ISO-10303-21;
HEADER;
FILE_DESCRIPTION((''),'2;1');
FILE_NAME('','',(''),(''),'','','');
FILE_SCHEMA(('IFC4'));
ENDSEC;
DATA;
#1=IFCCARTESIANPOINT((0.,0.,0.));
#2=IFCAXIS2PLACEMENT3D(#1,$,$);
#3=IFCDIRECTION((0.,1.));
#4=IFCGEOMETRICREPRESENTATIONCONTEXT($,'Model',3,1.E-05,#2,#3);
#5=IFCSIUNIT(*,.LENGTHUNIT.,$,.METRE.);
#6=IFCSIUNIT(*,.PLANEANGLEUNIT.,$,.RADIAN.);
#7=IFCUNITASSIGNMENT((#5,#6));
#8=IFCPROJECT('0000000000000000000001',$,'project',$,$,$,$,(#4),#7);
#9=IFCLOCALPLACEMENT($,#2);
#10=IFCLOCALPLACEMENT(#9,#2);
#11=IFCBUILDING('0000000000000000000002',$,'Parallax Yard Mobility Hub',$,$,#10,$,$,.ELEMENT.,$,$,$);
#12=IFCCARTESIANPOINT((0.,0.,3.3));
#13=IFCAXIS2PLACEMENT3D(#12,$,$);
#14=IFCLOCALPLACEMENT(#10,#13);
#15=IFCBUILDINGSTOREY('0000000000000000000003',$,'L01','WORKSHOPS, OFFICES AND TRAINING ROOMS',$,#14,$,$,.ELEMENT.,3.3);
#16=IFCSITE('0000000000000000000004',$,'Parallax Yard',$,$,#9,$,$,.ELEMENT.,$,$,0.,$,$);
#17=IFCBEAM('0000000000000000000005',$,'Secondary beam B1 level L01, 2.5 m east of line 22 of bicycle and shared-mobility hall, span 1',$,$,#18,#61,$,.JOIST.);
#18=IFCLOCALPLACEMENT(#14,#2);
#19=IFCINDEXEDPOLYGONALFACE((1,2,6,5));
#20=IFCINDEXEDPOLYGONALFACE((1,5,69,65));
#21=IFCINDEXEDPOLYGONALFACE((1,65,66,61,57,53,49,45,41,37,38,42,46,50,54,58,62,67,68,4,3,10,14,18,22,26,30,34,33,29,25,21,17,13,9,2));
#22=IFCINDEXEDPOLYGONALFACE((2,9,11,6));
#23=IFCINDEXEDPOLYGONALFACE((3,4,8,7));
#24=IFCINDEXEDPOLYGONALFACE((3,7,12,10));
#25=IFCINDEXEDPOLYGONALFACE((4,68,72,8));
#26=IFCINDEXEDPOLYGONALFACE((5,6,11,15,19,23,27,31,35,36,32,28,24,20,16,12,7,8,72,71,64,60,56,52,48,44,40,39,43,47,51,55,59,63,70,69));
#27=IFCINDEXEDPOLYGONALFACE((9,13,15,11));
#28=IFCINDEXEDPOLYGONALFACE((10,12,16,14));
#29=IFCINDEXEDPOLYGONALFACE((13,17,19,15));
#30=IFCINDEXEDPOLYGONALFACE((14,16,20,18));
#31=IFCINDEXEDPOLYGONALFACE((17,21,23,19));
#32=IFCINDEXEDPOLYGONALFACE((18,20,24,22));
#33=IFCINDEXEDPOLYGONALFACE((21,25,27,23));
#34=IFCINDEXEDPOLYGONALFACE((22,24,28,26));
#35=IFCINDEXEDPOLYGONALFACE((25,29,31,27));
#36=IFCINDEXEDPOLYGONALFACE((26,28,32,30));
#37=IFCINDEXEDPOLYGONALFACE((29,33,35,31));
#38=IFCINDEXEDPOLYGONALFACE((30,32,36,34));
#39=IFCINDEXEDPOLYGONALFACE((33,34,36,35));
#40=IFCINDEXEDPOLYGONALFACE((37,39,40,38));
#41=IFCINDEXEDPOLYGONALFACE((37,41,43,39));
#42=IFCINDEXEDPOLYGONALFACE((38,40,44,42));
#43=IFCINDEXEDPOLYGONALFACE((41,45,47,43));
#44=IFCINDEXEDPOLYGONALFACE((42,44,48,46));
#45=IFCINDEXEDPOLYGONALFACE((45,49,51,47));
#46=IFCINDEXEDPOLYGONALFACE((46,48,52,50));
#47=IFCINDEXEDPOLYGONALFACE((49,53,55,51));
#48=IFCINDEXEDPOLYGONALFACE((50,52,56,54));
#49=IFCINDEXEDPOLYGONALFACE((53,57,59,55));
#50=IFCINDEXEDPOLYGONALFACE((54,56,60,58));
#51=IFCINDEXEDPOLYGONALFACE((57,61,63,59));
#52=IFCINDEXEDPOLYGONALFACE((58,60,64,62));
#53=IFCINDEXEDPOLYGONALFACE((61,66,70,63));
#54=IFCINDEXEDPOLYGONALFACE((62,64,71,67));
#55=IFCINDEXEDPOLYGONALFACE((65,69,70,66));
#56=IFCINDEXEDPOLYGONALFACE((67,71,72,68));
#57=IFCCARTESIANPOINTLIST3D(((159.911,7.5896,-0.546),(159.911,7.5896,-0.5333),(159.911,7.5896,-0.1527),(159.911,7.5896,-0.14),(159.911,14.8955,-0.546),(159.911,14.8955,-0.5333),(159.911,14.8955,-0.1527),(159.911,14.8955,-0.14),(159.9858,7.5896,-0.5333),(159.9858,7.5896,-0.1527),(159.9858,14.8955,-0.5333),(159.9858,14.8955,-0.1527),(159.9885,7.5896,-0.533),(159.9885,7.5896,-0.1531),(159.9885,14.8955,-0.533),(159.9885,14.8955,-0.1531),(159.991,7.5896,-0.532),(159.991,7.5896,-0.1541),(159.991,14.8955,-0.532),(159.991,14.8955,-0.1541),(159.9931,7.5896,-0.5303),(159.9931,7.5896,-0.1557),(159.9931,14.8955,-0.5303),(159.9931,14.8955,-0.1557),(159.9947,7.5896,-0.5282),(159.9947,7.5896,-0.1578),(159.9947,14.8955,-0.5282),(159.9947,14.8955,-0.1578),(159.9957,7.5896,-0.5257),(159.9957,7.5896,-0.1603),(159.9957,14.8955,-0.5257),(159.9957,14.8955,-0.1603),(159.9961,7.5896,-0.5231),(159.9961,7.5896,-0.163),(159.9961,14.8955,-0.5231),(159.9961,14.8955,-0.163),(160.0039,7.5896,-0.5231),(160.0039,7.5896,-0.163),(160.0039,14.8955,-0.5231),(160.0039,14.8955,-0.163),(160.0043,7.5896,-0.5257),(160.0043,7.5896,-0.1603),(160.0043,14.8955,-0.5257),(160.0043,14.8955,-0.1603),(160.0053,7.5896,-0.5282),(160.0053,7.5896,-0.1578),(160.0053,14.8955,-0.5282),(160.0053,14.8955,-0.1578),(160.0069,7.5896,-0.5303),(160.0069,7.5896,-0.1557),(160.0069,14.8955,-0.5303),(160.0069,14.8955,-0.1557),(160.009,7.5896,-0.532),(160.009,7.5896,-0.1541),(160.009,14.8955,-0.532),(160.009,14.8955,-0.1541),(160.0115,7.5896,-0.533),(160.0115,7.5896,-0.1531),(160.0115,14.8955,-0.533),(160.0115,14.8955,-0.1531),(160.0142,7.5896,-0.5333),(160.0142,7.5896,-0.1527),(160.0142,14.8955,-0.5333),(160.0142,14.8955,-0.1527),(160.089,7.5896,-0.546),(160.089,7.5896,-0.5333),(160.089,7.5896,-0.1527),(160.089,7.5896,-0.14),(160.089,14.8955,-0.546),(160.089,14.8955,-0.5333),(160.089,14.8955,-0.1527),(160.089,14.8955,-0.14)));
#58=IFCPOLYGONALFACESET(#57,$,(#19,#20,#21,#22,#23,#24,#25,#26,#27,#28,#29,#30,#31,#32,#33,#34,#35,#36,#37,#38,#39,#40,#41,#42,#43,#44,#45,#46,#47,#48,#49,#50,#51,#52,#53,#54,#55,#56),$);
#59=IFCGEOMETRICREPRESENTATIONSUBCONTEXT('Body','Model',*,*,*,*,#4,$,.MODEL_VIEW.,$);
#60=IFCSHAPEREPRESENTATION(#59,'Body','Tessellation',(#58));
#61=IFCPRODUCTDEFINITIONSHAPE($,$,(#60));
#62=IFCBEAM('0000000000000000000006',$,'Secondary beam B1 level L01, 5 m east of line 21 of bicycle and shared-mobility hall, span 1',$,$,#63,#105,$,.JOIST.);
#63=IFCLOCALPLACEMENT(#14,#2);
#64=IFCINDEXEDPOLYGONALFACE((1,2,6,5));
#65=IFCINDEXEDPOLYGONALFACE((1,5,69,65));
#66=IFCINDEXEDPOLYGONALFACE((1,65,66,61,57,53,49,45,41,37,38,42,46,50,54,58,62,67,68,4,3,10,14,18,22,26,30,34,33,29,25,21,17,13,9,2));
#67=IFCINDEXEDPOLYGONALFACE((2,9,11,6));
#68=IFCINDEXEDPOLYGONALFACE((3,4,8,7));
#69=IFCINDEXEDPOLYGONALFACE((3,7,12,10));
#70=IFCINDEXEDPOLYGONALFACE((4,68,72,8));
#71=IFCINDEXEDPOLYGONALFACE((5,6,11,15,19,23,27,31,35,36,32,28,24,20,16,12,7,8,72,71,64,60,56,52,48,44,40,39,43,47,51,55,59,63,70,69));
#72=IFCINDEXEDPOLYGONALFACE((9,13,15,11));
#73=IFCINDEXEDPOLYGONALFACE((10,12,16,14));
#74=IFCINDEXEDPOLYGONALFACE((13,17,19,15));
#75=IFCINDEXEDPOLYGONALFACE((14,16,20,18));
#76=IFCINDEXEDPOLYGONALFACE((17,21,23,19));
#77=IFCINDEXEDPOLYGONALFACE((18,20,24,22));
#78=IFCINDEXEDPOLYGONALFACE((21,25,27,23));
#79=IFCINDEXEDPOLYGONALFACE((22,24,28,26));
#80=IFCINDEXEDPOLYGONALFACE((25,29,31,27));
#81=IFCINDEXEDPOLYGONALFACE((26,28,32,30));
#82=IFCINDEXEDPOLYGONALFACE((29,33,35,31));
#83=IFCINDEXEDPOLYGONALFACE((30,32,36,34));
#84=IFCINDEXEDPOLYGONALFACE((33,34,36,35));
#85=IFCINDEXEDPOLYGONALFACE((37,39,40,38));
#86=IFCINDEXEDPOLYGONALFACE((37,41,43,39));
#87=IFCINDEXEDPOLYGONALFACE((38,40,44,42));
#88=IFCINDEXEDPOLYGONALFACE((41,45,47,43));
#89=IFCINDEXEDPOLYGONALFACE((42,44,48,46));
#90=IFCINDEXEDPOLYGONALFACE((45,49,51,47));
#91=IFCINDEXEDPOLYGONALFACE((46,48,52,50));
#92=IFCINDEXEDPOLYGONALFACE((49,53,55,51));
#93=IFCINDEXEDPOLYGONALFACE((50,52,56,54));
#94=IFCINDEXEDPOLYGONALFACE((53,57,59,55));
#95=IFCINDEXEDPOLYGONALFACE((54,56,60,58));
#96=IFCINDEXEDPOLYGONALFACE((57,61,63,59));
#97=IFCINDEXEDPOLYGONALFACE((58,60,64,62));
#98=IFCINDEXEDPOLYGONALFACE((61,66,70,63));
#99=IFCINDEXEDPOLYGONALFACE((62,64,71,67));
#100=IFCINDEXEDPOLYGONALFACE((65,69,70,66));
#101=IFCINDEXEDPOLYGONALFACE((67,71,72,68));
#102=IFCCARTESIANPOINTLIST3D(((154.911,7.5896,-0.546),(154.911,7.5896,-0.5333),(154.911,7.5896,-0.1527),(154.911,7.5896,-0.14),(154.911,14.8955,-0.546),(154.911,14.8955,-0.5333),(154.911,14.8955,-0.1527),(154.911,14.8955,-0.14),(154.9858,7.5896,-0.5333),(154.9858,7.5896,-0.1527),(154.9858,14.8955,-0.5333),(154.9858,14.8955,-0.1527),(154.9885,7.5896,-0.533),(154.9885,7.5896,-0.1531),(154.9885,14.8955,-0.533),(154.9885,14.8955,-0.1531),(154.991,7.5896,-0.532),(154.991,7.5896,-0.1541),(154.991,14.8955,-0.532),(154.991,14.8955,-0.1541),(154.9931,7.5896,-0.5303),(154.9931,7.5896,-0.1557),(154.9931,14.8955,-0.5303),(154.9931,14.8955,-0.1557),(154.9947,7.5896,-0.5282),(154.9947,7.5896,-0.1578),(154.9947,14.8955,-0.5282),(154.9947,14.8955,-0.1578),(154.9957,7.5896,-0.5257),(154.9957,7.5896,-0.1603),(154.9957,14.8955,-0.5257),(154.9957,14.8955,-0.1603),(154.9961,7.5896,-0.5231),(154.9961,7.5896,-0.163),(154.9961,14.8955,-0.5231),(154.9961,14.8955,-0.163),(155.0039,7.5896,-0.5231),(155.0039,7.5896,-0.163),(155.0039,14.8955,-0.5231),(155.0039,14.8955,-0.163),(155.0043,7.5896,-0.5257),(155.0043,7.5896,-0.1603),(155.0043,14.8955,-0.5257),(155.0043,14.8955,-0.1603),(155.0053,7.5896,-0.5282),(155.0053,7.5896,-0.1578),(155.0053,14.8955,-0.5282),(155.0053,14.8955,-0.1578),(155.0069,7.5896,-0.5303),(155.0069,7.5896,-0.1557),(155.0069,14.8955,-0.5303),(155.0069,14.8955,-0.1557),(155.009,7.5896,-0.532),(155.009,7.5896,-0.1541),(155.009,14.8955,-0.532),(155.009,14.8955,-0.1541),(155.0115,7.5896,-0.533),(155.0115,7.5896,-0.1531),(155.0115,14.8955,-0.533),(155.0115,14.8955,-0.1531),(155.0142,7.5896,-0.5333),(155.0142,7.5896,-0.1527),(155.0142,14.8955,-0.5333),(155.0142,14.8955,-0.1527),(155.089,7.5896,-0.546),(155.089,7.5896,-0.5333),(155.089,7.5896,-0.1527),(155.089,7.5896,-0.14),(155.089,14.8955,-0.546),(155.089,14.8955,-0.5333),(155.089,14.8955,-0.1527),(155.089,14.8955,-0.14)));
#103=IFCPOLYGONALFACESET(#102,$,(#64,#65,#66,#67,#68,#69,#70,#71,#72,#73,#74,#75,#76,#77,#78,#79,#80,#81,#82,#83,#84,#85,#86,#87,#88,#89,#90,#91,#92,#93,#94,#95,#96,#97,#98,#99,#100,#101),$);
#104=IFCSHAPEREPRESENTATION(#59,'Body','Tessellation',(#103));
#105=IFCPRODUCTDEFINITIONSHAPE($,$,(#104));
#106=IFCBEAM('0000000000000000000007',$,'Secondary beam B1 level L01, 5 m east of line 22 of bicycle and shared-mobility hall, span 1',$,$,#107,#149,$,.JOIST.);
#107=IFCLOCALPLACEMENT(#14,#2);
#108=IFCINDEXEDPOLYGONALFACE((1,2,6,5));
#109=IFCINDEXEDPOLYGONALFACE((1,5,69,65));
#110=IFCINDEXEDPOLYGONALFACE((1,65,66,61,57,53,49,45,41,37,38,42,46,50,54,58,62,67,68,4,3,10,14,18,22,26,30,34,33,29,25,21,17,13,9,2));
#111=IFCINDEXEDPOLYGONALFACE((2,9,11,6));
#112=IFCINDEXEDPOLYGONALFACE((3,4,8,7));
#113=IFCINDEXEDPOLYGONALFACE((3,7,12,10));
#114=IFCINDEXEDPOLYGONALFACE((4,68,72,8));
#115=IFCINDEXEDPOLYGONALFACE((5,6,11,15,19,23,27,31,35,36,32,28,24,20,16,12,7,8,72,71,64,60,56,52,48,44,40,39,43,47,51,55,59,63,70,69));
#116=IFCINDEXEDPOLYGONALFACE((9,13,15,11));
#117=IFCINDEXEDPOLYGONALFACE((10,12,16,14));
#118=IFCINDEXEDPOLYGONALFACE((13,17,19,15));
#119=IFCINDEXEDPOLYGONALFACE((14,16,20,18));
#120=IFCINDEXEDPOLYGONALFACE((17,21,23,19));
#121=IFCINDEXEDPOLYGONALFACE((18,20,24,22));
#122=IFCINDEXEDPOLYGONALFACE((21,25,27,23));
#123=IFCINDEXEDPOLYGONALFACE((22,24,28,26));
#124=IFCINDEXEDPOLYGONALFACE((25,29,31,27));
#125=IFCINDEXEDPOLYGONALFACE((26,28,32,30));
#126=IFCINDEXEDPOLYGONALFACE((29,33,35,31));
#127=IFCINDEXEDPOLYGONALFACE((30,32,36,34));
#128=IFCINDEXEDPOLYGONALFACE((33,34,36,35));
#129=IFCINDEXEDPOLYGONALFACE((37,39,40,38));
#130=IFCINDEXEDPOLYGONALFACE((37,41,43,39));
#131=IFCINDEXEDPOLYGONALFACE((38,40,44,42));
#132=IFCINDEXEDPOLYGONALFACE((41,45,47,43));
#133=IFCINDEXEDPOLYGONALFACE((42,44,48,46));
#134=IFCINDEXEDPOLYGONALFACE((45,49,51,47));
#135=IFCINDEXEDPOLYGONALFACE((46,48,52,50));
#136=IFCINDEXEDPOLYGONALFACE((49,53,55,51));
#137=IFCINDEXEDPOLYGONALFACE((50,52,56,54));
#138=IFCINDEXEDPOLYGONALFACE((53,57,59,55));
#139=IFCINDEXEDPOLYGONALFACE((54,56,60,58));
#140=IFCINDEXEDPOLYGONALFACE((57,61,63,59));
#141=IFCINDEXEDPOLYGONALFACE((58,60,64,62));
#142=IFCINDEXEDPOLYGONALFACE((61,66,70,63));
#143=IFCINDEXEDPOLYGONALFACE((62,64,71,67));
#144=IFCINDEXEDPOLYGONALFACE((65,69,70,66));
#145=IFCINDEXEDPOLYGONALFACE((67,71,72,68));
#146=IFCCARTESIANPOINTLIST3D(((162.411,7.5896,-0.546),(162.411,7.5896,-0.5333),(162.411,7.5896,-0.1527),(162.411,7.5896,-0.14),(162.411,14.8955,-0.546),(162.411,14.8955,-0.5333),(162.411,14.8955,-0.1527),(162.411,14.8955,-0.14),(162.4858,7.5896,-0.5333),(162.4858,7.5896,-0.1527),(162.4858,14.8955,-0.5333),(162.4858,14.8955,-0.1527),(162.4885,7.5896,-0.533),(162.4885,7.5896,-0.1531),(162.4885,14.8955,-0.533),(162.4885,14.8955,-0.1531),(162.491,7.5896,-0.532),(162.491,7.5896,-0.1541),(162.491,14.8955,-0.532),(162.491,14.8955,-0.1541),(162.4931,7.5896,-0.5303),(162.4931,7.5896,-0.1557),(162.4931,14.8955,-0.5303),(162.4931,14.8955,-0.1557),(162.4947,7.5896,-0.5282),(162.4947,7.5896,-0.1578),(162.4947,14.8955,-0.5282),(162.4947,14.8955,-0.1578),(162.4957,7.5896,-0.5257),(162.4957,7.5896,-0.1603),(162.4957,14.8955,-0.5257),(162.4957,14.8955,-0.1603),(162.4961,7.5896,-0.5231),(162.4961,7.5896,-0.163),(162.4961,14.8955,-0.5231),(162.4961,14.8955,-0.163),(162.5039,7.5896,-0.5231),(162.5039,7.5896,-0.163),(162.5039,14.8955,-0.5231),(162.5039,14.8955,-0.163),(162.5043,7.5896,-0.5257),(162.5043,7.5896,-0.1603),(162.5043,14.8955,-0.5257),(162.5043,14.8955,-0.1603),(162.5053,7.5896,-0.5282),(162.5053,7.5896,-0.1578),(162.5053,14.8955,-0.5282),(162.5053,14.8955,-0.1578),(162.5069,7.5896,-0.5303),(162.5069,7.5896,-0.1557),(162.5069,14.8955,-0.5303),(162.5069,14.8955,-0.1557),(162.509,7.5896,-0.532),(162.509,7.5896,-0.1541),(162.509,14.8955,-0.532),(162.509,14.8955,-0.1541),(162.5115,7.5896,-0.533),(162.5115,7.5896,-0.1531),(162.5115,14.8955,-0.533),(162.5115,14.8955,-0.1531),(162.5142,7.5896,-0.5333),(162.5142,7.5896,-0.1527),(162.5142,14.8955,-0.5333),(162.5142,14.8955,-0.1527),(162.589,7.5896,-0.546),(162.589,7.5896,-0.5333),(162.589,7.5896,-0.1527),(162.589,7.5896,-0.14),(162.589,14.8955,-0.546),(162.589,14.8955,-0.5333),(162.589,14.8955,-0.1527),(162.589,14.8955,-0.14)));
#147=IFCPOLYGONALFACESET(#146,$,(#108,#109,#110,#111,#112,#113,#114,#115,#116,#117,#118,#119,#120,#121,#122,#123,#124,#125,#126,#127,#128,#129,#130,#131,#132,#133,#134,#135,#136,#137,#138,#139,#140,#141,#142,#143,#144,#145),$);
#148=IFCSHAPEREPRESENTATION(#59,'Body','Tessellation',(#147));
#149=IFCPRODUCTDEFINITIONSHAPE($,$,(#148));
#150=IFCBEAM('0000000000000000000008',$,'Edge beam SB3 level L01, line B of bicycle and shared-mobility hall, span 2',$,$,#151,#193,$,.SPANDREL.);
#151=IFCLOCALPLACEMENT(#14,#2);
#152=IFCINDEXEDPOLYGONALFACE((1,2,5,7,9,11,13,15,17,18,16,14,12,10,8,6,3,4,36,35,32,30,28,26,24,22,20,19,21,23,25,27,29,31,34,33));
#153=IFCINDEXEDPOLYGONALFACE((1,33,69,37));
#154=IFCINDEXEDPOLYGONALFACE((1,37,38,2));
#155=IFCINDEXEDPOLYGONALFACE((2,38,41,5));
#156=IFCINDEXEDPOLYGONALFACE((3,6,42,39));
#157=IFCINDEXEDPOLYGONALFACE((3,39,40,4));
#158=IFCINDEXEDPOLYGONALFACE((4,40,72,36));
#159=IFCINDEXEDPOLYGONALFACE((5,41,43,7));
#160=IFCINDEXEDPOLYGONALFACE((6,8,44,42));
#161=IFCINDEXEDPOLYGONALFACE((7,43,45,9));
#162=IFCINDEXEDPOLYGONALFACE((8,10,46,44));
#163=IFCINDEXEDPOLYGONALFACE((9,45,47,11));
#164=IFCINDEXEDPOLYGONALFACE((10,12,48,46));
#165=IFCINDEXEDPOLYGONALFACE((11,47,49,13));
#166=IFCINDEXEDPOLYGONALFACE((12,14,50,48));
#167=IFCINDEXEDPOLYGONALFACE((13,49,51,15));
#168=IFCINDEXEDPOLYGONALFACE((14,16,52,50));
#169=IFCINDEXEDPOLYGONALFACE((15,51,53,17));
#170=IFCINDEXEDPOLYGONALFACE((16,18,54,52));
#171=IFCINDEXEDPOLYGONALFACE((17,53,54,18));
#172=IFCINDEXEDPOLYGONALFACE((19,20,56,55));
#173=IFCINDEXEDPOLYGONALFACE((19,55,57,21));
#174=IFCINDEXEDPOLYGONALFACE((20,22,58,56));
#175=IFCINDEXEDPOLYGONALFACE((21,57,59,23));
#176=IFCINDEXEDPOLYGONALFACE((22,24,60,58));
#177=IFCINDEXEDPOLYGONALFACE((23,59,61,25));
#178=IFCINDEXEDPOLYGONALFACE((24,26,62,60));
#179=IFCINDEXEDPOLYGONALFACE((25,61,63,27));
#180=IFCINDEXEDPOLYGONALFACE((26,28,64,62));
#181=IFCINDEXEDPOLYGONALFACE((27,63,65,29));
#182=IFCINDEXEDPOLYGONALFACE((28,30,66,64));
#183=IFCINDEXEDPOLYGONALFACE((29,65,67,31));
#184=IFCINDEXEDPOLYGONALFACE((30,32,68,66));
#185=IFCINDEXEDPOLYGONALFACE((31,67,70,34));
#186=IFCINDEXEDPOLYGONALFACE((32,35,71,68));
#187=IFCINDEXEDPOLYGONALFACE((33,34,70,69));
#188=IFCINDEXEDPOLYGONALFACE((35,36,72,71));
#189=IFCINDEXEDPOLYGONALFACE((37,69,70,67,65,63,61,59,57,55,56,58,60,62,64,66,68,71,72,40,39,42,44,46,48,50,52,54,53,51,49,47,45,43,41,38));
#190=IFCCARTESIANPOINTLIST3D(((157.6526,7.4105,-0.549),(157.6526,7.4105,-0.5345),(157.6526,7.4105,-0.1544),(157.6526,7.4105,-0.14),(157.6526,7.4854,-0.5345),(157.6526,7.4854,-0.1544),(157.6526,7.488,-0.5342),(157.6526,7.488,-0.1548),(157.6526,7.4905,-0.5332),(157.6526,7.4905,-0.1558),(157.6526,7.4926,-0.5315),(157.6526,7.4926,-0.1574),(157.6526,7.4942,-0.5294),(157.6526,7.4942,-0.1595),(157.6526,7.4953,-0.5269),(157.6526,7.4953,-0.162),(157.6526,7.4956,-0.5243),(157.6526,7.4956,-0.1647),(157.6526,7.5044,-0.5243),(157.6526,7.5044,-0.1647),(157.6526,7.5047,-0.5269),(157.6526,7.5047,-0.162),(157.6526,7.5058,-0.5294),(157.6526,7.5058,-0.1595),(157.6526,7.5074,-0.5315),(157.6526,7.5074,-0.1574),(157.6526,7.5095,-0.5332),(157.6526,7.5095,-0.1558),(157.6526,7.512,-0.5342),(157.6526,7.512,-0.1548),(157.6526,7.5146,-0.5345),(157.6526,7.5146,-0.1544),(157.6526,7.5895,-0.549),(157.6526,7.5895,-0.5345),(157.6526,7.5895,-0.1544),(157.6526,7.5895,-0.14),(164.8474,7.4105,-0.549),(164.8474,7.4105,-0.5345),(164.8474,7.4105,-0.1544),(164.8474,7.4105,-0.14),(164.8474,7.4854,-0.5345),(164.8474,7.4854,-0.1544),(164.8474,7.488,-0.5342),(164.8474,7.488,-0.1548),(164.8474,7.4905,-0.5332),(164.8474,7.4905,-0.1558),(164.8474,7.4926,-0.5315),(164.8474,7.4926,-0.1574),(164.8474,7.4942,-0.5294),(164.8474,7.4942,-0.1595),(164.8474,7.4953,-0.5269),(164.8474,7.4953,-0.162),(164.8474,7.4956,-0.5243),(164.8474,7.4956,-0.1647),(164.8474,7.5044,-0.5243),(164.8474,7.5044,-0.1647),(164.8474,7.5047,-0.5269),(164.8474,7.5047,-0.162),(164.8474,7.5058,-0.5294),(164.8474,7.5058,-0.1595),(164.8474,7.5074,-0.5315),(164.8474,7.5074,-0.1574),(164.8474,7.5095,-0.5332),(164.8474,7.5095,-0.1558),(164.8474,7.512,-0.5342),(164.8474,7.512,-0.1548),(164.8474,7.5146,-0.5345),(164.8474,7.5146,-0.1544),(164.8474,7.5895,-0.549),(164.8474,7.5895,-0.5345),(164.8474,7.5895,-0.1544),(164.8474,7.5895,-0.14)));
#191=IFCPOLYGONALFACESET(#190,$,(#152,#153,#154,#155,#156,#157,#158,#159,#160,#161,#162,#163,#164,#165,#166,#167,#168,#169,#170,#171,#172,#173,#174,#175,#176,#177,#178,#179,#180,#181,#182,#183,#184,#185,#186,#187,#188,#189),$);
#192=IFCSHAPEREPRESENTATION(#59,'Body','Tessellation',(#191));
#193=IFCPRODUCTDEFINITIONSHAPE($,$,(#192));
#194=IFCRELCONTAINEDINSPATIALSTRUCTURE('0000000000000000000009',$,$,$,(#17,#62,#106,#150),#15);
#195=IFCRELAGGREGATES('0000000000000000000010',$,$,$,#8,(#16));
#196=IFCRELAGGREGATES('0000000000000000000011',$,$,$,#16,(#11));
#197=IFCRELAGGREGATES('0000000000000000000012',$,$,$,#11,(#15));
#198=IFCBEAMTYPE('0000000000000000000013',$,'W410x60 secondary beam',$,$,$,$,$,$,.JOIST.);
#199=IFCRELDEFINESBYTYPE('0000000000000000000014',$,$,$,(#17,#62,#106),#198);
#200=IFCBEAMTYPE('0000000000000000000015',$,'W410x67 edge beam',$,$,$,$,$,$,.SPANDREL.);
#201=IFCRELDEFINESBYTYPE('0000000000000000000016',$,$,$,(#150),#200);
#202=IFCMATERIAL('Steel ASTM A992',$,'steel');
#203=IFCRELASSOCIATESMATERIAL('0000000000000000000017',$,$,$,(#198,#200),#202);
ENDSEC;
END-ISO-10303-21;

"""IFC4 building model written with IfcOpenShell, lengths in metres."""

from ifc_helpers import new_model, si_unit, direction, frame, origin, origin_2d, place, context, subcontext, project, spatial, i_section, extrude, material, material_profile, profile_set, type_object, element, save


model = new_model("IFC4")

# Units and contexts
model_context = context("Model", 3, precision=1e-05, world=origin(), true_north=direction((0.0, 1.0)))
body_context = subcontext(model_context, "Body", "Model", "MODEL_VIEW")
ifc_project = project(units=[si_unit("LENGTHUNIT", "METRE"), si_unit("PLANEANGLEUNIT", "RADIAN")], contexts=[model_context])

# Site, building, storey
site_placement = place(None, origin())
site = spatial("IfcSite", under=ifc_project, at=site_placement, Name="Parallax Yard", CompositionType="ELEMENT", RefElevation=0.0)
building_placement = place(site_placement, origin())
building = spatial("IfcBuilding", under=site, at=building_placement, Name="Parallax Yard Mobility Hub", CompositionType="ELEMENT")
storey_placement = place(building_placement, frame((0.0, 0.0, 3.3)))
storey = spatial("IfcBuildingStorey", under=building, at=storey_placement, Name="L01", Description="WORKSHOPS, OFFICES AND TRAINING ROOMS", CompositionType="ELEMENT", Elevation=3.3)

# Shared definitions
ifc_material_1 = material(Name="Steel ASTM A992", Category="steel")

# Beams
ifc_material_profile_1 = material_profile(ifc_material_1, i_section(OverallWidth=0.178, OverallDepth=0.406, WebThickness=0.0078, FlangeThickness=0.0127, FilletRadius=0.0103, at=origin_2d()), Name="W410x60")
ifc_profile_set_1 = profile_set([ifc_material_profile_1], Name="Steel ASTM A992")
beam_type_1 = type_object("IfcBeamType", Name="W410x60 secondary beam", PredefinedType="JOIST", material=ifc_profile_set_1)
for number, where, z_axis, x_axis, name in (
    (1, (160.0, 7.5896, -0.343), (0.0, 1.0, 0.0), (-1.0, 0.0, 0.0), "Secondary beam B1 level L01, 2.5 m east of line 22 of bicycle and shared-mobility hall, span 1"),
    (2, (155.0, 7.5896, -0.343), (0.0, 1.0, 0.0), (-1.0, 0.0, 0.0), "Secondary beam B1 level L01, 5 m east of line 21 of bicycle and shared-mobility hall, span 1"),
    (3, (162.5, 7.5896, -0.343), (0.0, 1.0, 0.0), (-1.0, 0.0, 0.0), "Secondary beam B1 level L01, 5 m east of line 22 of bicycle and shared-mobility hall, span 1"),
):
    element("IfcBeam", number, at=place(storey_placement, frame(where, z_axis=z_axis, x_axis=x_axis)), inside=storey, type_object=beam_type_1, Name=name, PredefinedType="JOIST", context=body_context, shape_type="SweptSolid", body=[
        extrude(i_section(OverallWidth=0.178, OverallDepth=0.406, WebThickness=0.0078, FlangeThickness=0.0127, FilletRadius=0.0103, at=origin_2d()), origin(), (0.0, 0.0, 1.0), 7.3059),
    ])
ifc_material_profile_2 = material_profile(ifc_material_1, i_section(OverallWidth=0.179, OverallDepth=0.4089, WebThickness=0.0088, FlangeThickness=0.0144, FilletRadius=0.0103, at=origin_2d()), Name="W410x67")
ifc_profile_set_2 = profile_set([ifc_material_profile_2], Name="Steel ASTM A992")
beam_type_2 = type_object("IfcBeamType", Name="W410x67 edge beam", PredefinedType="SPANDREL", material=ifc_profile_set_2)
beam_1_placement = place(storey_placement, frame((157.6526, 7.5, -0.3445), z_axis=(1.0, 0.0, 0.0), x_axis=(0.0, 1.0, 0.0)))
element("IfcBeam", 4, at=beam_1_placement, inside=storey, type_object=beam_type_2, Name="Edge beam SB3 level L01, line B of bicycle and shared-mobility hall, span 2", PredefinedType="SPANDREL", context=body_context, shape_type="SweptSolid", body=[
    extrude(i_section(OverallWidth=0.179, OverallDepth=0.4089, WebThickness=0.0088, FlangeThickness=0.0144, FilletRadius=0.0103, at=origin_2d()), origin(), (0.0, 0.0, 1.0), 7.1948),
])

save(model, "model.ifc")
